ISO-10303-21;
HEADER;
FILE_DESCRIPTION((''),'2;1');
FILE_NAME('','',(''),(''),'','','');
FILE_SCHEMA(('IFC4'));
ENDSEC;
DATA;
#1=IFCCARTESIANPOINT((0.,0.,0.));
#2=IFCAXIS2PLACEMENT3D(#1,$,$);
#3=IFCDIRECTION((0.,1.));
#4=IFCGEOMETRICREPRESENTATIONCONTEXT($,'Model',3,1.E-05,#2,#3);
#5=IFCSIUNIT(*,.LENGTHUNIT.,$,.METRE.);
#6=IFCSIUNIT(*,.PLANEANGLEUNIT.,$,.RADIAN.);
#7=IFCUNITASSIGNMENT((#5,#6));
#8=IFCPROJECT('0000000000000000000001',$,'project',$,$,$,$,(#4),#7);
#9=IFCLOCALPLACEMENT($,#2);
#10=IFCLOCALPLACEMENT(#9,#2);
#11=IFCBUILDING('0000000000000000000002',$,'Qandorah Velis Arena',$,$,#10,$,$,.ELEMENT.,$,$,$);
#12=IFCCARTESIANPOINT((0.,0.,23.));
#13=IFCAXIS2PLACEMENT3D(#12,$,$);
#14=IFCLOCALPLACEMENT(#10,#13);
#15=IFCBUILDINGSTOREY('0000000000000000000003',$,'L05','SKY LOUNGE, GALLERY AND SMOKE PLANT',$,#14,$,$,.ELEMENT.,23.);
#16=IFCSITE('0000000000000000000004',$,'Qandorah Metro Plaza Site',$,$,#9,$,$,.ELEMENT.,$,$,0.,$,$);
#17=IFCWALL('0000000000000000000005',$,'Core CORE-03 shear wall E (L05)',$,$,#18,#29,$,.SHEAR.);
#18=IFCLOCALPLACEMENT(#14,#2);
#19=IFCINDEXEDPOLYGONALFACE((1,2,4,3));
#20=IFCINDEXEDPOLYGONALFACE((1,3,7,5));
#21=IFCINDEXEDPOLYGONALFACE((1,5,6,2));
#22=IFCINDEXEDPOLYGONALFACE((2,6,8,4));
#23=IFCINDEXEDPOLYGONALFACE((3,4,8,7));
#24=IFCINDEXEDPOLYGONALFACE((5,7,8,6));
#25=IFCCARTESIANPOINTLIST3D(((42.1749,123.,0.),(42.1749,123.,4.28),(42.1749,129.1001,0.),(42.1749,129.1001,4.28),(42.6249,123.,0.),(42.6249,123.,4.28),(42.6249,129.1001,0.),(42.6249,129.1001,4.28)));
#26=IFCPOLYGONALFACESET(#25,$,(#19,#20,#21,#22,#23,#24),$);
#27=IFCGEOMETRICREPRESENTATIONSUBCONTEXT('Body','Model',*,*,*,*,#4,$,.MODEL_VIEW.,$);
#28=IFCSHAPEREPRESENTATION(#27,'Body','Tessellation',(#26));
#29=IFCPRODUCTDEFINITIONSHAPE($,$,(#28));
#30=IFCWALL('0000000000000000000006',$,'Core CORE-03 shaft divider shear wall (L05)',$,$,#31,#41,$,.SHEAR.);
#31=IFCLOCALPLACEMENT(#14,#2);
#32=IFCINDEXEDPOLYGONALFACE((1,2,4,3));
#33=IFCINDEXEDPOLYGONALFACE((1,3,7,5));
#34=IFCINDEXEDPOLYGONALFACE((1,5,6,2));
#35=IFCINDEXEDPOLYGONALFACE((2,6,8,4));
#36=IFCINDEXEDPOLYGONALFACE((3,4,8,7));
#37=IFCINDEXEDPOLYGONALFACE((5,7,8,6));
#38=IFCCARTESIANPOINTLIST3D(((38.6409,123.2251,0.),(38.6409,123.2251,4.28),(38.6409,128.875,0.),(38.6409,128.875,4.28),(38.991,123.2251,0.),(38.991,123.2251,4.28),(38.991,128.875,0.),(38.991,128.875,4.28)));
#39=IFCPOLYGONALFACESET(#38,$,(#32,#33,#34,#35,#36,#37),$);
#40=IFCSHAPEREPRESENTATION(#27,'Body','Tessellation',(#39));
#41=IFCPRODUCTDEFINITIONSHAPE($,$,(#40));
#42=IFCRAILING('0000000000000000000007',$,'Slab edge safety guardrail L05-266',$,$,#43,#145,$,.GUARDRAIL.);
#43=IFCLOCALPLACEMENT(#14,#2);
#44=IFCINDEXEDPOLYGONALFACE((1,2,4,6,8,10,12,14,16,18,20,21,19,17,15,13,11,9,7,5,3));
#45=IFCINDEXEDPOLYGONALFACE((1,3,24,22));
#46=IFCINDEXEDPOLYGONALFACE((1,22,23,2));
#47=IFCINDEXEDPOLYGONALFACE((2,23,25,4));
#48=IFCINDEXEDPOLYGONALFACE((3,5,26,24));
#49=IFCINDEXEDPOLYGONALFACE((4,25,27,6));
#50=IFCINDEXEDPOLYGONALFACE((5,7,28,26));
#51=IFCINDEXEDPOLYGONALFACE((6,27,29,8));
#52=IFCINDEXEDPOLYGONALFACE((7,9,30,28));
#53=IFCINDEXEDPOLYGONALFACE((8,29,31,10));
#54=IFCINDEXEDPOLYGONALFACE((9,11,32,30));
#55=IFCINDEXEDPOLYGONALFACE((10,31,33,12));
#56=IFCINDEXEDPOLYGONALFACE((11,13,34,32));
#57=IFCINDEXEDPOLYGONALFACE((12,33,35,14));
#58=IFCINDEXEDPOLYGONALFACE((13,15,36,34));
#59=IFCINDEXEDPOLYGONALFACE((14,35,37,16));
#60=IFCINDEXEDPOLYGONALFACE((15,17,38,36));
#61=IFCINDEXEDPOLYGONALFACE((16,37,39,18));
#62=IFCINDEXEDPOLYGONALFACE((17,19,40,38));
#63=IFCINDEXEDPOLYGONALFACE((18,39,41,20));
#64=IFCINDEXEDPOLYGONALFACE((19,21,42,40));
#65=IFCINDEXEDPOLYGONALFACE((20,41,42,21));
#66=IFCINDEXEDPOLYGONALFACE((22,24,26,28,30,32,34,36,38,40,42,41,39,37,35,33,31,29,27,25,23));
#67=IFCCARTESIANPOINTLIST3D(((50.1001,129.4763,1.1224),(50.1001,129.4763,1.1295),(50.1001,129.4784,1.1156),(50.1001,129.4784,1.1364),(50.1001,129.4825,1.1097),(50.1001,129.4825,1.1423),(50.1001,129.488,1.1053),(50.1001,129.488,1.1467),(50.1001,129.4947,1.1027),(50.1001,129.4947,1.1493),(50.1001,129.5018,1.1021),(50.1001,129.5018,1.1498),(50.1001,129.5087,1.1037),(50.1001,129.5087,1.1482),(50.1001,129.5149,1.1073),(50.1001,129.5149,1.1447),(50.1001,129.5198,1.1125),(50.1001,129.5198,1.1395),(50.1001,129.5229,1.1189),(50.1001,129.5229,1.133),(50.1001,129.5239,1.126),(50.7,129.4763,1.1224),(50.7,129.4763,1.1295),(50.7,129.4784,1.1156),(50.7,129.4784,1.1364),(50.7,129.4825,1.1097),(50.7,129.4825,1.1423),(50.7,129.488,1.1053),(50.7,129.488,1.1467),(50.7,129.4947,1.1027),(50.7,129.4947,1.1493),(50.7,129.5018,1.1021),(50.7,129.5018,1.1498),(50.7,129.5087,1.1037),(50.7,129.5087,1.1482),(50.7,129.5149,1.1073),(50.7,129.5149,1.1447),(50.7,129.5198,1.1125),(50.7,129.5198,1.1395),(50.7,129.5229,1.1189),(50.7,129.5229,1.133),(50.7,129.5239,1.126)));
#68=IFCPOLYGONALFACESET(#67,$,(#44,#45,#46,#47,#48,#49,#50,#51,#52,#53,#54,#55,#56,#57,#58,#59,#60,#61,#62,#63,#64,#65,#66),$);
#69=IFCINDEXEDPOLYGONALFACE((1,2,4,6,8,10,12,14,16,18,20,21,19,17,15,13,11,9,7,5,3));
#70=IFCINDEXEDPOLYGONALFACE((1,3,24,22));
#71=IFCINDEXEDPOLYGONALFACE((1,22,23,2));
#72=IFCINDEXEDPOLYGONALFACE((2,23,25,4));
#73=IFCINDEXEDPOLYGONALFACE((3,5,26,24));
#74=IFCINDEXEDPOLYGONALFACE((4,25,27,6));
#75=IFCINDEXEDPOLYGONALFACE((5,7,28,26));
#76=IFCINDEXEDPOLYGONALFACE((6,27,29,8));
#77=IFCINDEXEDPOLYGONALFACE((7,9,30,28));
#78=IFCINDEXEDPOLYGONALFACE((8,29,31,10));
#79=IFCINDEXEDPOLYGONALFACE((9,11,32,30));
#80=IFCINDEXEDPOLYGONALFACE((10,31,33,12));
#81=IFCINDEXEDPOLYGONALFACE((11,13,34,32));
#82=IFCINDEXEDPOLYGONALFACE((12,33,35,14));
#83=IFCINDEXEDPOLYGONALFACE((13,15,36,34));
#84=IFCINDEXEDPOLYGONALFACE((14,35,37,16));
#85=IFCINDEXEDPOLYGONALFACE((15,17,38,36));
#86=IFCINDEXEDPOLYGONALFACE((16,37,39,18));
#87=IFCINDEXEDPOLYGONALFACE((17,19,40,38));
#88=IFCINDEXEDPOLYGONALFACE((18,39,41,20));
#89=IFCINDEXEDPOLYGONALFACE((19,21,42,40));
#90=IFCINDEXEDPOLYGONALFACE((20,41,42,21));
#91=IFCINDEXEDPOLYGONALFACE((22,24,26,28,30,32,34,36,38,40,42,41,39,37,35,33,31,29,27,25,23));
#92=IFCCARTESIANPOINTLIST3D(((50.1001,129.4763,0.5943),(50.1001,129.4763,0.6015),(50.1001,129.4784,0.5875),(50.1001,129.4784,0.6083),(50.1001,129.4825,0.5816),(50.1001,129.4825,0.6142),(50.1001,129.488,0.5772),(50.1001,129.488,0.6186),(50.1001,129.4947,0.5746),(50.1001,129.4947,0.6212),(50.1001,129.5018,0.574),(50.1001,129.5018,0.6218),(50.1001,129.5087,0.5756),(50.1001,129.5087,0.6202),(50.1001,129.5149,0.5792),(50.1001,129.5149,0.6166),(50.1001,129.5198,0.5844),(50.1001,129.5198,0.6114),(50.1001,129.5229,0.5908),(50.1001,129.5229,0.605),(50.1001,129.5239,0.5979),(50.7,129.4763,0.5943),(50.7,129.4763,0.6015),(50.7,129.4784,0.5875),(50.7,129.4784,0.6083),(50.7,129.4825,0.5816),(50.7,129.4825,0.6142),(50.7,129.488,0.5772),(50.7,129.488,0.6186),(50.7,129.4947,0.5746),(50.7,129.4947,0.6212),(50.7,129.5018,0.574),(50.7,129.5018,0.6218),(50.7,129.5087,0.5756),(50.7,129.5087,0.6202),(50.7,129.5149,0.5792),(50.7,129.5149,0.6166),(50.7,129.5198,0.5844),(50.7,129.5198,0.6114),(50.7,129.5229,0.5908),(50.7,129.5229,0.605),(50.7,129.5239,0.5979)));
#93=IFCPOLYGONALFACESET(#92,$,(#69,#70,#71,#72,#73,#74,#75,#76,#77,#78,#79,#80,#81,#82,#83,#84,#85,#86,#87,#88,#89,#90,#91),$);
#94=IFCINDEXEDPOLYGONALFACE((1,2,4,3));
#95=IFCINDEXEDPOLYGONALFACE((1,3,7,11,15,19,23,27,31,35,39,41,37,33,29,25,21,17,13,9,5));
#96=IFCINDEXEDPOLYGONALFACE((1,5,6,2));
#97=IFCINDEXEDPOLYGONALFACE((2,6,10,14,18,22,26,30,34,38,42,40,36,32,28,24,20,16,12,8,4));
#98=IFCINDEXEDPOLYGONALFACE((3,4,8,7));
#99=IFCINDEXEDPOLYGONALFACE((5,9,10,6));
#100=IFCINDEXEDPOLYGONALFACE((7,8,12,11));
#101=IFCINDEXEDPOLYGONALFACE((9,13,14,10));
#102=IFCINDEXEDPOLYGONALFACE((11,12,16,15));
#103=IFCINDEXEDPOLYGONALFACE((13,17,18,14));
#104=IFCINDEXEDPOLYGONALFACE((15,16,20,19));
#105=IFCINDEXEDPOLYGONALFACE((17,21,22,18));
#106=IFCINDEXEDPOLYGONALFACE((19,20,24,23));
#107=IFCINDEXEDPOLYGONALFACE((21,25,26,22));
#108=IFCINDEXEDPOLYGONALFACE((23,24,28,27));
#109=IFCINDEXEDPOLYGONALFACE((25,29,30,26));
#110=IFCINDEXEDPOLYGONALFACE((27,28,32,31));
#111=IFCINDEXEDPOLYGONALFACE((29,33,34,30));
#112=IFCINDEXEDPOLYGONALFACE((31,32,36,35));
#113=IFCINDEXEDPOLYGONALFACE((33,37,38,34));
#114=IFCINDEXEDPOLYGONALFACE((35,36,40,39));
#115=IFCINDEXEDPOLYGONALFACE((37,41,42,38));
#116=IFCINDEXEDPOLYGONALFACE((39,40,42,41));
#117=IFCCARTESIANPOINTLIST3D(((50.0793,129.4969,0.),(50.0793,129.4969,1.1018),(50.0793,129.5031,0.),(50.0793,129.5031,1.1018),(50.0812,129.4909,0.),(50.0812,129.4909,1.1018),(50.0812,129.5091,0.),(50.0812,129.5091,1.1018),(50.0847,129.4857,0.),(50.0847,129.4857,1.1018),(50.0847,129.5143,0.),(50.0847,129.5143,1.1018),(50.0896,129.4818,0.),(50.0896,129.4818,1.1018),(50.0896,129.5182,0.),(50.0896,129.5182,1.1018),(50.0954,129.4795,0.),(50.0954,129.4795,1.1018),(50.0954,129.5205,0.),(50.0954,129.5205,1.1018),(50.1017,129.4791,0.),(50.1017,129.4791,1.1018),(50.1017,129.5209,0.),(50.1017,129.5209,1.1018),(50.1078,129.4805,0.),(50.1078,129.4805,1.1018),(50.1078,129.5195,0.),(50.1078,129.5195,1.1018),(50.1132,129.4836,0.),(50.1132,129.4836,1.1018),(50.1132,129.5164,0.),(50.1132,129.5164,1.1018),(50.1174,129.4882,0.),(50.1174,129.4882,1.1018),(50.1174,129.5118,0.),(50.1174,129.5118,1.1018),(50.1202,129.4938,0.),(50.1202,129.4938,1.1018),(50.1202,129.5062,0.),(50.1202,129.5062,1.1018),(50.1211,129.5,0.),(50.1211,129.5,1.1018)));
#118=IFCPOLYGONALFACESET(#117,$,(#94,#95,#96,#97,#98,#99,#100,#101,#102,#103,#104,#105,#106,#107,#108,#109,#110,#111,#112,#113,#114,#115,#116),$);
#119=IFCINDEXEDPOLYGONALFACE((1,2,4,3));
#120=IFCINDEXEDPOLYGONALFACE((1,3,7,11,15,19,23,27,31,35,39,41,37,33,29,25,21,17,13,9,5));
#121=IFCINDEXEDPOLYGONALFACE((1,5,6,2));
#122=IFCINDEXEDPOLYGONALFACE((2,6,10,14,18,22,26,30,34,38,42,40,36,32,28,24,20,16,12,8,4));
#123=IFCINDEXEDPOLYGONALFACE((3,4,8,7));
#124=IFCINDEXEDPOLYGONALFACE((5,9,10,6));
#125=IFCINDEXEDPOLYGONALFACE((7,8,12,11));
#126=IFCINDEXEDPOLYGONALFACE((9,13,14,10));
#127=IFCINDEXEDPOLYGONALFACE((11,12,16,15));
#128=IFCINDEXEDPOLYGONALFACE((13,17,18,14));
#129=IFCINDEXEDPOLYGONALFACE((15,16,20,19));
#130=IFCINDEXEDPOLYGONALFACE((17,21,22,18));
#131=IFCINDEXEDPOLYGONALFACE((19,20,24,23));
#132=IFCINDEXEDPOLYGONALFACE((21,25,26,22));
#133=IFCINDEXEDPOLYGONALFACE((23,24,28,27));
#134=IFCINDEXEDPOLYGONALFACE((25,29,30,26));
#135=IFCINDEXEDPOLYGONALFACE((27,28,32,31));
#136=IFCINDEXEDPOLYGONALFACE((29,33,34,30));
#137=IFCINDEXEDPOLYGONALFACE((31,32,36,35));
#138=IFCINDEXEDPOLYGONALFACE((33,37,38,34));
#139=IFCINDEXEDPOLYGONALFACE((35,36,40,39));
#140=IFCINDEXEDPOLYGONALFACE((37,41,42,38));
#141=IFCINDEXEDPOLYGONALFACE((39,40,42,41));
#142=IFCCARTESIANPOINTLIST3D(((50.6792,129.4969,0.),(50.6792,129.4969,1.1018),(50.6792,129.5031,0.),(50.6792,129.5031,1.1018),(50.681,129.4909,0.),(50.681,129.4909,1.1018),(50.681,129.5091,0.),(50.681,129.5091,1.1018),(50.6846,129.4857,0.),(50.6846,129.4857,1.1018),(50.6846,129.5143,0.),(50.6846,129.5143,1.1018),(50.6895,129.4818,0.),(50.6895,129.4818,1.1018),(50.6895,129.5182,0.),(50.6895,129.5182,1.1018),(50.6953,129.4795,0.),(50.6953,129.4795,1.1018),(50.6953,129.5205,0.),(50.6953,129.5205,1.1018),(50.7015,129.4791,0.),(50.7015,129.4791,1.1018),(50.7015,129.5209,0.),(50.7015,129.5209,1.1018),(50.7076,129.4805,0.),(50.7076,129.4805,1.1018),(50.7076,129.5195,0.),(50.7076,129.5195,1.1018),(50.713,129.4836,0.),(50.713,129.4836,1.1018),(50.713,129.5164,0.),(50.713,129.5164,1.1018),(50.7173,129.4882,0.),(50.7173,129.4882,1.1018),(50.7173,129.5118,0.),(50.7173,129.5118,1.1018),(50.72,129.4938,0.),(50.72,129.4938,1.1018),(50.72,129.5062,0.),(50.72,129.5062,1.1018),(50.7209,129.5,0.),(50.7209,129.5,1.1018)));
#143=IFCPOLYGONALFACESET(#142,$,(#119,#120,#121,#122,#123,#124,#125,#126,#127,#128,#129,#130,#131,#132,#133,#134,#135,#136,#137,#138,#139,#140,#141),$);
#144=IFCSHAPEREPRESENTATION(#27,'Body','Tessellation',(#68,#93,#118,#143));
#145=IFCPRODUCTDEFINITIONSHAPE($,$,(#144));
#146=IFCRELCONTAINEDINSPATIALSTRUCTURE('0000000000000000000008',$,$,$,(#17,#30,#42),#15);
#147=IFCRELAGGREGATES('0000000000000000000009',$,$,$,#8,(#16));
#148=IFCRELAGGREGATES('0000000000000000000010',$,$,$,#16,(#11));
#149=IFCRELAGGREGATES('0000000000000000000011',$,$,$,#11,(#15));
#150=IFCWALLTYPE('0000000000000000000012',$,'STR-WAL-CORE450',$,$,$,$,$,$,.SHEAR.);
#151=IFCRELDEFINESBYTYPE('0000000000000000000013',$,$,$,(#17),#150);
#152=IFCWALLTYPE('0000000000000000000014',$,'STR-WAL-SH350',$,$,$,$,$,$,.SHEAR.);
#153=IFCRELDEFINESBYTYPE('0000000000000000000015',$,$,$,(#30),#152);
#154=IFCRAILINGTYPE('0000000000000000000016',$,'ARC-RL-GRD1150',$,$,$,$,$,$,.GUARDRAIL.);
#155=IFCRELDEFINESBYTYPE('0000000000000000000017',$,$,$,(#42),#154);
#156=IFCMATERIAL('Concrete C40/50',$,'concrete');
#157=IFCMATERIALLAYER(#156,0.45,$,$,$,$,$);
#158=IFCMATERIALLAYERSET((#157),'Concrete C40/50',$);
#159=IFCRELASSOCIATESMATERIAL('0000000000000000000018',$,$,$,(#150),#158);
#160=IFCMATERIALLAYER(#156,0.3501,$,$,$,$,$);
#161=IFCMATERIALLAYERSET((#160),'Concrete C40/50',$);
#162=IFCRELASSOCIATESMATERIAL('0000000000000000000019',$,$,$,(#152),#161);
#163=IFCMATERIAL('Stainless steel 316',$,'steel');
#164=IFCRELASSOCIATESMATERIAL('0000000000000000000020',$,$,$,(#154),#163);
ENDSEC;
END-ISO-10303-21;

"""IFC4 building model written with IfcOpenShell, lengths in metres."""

from ifc_helpers import new_model, si_unit, direction, frame, frame_2d, origin, origin_2d, place, context, subcontext, project, spatial, rectangle, circle, extrude, material, layer, layer_set, type_object, element, save


model = new_model("IFC4")

# Units and contexts
model_context = context("Model", 3, precision=1e-05, world=origin(), true_north=direction((0.0, 1.0)))
body_context = subcontext(model_context, "Body", "Model", "MODEL_VIEW")
ifc_project = project(units=[si_unit("LENGTHUNIT", "METRE"), si_unit("PLANEANGLEUNIT", "RADIAN")], contexts=[model_context])

# Site, building, storey
site_placement = place(None, origin())
site = spatial("IfcSite", under=ifc_project, at=site_placement, Name="Qandorah Metro Plaza Site", CompositionType="ELEMENT", RefElevation=0.0)
building_placement = place(site_placement, origin())
building = spatial("IfcBuilding", under=site, at=building_placement, Name="Qandorah Velis Arena", CompositionType="ELEMENT")
storey_placement = place(building_placement, frame((0.0, 0.0, 23.0)))
storey = spatial("IfcBuildingStorey", under=building, at=storey_placement, Name="L05", Description="SKY LOUNGE, GALLERY AND SMOKE PLANT", CompositionType="ELEMENT", Elevation=23.0)

# Shared definitions
ifc_material_1 = material(Name="Concrete C40/50", Category="concrete")

# Walls
ifc_layer_1 = layer(ifc_material_1, 0.45)
ifc_layer_set_1 = layer_set([ifc_layer_1], Name="Concrete C40/50")
wall_type_1 = type_object("IfcWallType", Name="STR-WAL-CORE450", PredefinedType="SHEAR", material=ifc_layer_set_1)
wall_1_placement = place(storey_placement, frame((42.3999, 123.0, 0.0), z_axis=(0.0, 0.0, 1.0), x_axis=(0.0, 1.0, 0.0)))
element("IfcWall", 1, at=wall_1_placement, inside=storey, type_object=wall_type_1, Name="Core CORE-03 shear wall E (L05)", PredefinedType="SHEAR", context=body_context, shape_type="SweptSolid", body=[
    extrude(rectangle(XDim=6.1001, YDim=0.45, at=frame_2d((3.05, 0.0))), origin(), (0.0, 0.0, 1.0), 4.28),
])
ifc_layer_2 = layer(ifc_material_1, 0.3501)
ifc_layer_set_2 = layer_set([ifc_layer_2], Name="Concrete C40/50")
wall_type_2 = type_object("IfcWallType", Name="STR-WAL-SH350", PredefinedType="SHEAR", material=ifc_layer_set_2)
wall_2_placement = place(storey_placement, frame((38.8159, 123.2251, 0.0), z_axis=(0.0, 0.0, 1.0), x_axis=(0.0, 1.0, 0.0)))
element("IfcWall", 2, at=wall_2_placement, inside=storey, type_object=wall_type_2, Name="Core CORE-03 shaft divider shear wall (L05)", PredefinedType="SHEAR", context=body_context, shape_type="SweptSolid", body=[
    extrude(rectangle(XDim=5.6499, YDim=0.3501, at=frame_2d((2.825, 0.0))), origin(), (0.0, 0.0, 1.0), 4.28),
])

# Railing
ifc_material_2 = material(Name="Stainless steel 316", Category="steel")
railing_type = type_object("IfcRailingType", Name="ARC-RL-GRD1150", PredefinedType="GUARDRAIL", material=ifc_material_2)
railing_placement = place(storey_placement, frame((50.1001, 129.5, 0.0)))
element("IfcRailing", 3, at=railing_placement, inside=storey, type_object=railing_type, Name="Slab edge safety guardrail L05-266", PredefinedType="GUARDRAIL", context=body_context, shape_type="SweptSolid", body=[
    extrude(circle(Radius=0.0239, at=origin_2d()), frame((0.0, 0.0, 1.126), z_axis=(1.0, 0.0, 0.0), x_axis=(0.0, 1.0, 0.0)), (0.0, 0.0, 1.0), 0.5999),
    extrude(circle(Radius=0.0239, at=origin_2d()), frame((0.0, 0.0, 0.5979), z_axis=(1.0, 0.0, 0.0), x_axis=(0.0, 1.0, 0.0)), (0.0, 0.0, 1.0), 0.5999),
    extrude(circle(Radius=0.021, at=origin_2d()), origin(), (0.0, 0.0, 1.0), 1.1018),
    extrude(circle(Radius=0.021, at=origin_2d()), frame((0.5999, 0.0, 0.0)), (0.0, 0.0, 1.0), 1.1018),
])

save(model, "model.ifc")
